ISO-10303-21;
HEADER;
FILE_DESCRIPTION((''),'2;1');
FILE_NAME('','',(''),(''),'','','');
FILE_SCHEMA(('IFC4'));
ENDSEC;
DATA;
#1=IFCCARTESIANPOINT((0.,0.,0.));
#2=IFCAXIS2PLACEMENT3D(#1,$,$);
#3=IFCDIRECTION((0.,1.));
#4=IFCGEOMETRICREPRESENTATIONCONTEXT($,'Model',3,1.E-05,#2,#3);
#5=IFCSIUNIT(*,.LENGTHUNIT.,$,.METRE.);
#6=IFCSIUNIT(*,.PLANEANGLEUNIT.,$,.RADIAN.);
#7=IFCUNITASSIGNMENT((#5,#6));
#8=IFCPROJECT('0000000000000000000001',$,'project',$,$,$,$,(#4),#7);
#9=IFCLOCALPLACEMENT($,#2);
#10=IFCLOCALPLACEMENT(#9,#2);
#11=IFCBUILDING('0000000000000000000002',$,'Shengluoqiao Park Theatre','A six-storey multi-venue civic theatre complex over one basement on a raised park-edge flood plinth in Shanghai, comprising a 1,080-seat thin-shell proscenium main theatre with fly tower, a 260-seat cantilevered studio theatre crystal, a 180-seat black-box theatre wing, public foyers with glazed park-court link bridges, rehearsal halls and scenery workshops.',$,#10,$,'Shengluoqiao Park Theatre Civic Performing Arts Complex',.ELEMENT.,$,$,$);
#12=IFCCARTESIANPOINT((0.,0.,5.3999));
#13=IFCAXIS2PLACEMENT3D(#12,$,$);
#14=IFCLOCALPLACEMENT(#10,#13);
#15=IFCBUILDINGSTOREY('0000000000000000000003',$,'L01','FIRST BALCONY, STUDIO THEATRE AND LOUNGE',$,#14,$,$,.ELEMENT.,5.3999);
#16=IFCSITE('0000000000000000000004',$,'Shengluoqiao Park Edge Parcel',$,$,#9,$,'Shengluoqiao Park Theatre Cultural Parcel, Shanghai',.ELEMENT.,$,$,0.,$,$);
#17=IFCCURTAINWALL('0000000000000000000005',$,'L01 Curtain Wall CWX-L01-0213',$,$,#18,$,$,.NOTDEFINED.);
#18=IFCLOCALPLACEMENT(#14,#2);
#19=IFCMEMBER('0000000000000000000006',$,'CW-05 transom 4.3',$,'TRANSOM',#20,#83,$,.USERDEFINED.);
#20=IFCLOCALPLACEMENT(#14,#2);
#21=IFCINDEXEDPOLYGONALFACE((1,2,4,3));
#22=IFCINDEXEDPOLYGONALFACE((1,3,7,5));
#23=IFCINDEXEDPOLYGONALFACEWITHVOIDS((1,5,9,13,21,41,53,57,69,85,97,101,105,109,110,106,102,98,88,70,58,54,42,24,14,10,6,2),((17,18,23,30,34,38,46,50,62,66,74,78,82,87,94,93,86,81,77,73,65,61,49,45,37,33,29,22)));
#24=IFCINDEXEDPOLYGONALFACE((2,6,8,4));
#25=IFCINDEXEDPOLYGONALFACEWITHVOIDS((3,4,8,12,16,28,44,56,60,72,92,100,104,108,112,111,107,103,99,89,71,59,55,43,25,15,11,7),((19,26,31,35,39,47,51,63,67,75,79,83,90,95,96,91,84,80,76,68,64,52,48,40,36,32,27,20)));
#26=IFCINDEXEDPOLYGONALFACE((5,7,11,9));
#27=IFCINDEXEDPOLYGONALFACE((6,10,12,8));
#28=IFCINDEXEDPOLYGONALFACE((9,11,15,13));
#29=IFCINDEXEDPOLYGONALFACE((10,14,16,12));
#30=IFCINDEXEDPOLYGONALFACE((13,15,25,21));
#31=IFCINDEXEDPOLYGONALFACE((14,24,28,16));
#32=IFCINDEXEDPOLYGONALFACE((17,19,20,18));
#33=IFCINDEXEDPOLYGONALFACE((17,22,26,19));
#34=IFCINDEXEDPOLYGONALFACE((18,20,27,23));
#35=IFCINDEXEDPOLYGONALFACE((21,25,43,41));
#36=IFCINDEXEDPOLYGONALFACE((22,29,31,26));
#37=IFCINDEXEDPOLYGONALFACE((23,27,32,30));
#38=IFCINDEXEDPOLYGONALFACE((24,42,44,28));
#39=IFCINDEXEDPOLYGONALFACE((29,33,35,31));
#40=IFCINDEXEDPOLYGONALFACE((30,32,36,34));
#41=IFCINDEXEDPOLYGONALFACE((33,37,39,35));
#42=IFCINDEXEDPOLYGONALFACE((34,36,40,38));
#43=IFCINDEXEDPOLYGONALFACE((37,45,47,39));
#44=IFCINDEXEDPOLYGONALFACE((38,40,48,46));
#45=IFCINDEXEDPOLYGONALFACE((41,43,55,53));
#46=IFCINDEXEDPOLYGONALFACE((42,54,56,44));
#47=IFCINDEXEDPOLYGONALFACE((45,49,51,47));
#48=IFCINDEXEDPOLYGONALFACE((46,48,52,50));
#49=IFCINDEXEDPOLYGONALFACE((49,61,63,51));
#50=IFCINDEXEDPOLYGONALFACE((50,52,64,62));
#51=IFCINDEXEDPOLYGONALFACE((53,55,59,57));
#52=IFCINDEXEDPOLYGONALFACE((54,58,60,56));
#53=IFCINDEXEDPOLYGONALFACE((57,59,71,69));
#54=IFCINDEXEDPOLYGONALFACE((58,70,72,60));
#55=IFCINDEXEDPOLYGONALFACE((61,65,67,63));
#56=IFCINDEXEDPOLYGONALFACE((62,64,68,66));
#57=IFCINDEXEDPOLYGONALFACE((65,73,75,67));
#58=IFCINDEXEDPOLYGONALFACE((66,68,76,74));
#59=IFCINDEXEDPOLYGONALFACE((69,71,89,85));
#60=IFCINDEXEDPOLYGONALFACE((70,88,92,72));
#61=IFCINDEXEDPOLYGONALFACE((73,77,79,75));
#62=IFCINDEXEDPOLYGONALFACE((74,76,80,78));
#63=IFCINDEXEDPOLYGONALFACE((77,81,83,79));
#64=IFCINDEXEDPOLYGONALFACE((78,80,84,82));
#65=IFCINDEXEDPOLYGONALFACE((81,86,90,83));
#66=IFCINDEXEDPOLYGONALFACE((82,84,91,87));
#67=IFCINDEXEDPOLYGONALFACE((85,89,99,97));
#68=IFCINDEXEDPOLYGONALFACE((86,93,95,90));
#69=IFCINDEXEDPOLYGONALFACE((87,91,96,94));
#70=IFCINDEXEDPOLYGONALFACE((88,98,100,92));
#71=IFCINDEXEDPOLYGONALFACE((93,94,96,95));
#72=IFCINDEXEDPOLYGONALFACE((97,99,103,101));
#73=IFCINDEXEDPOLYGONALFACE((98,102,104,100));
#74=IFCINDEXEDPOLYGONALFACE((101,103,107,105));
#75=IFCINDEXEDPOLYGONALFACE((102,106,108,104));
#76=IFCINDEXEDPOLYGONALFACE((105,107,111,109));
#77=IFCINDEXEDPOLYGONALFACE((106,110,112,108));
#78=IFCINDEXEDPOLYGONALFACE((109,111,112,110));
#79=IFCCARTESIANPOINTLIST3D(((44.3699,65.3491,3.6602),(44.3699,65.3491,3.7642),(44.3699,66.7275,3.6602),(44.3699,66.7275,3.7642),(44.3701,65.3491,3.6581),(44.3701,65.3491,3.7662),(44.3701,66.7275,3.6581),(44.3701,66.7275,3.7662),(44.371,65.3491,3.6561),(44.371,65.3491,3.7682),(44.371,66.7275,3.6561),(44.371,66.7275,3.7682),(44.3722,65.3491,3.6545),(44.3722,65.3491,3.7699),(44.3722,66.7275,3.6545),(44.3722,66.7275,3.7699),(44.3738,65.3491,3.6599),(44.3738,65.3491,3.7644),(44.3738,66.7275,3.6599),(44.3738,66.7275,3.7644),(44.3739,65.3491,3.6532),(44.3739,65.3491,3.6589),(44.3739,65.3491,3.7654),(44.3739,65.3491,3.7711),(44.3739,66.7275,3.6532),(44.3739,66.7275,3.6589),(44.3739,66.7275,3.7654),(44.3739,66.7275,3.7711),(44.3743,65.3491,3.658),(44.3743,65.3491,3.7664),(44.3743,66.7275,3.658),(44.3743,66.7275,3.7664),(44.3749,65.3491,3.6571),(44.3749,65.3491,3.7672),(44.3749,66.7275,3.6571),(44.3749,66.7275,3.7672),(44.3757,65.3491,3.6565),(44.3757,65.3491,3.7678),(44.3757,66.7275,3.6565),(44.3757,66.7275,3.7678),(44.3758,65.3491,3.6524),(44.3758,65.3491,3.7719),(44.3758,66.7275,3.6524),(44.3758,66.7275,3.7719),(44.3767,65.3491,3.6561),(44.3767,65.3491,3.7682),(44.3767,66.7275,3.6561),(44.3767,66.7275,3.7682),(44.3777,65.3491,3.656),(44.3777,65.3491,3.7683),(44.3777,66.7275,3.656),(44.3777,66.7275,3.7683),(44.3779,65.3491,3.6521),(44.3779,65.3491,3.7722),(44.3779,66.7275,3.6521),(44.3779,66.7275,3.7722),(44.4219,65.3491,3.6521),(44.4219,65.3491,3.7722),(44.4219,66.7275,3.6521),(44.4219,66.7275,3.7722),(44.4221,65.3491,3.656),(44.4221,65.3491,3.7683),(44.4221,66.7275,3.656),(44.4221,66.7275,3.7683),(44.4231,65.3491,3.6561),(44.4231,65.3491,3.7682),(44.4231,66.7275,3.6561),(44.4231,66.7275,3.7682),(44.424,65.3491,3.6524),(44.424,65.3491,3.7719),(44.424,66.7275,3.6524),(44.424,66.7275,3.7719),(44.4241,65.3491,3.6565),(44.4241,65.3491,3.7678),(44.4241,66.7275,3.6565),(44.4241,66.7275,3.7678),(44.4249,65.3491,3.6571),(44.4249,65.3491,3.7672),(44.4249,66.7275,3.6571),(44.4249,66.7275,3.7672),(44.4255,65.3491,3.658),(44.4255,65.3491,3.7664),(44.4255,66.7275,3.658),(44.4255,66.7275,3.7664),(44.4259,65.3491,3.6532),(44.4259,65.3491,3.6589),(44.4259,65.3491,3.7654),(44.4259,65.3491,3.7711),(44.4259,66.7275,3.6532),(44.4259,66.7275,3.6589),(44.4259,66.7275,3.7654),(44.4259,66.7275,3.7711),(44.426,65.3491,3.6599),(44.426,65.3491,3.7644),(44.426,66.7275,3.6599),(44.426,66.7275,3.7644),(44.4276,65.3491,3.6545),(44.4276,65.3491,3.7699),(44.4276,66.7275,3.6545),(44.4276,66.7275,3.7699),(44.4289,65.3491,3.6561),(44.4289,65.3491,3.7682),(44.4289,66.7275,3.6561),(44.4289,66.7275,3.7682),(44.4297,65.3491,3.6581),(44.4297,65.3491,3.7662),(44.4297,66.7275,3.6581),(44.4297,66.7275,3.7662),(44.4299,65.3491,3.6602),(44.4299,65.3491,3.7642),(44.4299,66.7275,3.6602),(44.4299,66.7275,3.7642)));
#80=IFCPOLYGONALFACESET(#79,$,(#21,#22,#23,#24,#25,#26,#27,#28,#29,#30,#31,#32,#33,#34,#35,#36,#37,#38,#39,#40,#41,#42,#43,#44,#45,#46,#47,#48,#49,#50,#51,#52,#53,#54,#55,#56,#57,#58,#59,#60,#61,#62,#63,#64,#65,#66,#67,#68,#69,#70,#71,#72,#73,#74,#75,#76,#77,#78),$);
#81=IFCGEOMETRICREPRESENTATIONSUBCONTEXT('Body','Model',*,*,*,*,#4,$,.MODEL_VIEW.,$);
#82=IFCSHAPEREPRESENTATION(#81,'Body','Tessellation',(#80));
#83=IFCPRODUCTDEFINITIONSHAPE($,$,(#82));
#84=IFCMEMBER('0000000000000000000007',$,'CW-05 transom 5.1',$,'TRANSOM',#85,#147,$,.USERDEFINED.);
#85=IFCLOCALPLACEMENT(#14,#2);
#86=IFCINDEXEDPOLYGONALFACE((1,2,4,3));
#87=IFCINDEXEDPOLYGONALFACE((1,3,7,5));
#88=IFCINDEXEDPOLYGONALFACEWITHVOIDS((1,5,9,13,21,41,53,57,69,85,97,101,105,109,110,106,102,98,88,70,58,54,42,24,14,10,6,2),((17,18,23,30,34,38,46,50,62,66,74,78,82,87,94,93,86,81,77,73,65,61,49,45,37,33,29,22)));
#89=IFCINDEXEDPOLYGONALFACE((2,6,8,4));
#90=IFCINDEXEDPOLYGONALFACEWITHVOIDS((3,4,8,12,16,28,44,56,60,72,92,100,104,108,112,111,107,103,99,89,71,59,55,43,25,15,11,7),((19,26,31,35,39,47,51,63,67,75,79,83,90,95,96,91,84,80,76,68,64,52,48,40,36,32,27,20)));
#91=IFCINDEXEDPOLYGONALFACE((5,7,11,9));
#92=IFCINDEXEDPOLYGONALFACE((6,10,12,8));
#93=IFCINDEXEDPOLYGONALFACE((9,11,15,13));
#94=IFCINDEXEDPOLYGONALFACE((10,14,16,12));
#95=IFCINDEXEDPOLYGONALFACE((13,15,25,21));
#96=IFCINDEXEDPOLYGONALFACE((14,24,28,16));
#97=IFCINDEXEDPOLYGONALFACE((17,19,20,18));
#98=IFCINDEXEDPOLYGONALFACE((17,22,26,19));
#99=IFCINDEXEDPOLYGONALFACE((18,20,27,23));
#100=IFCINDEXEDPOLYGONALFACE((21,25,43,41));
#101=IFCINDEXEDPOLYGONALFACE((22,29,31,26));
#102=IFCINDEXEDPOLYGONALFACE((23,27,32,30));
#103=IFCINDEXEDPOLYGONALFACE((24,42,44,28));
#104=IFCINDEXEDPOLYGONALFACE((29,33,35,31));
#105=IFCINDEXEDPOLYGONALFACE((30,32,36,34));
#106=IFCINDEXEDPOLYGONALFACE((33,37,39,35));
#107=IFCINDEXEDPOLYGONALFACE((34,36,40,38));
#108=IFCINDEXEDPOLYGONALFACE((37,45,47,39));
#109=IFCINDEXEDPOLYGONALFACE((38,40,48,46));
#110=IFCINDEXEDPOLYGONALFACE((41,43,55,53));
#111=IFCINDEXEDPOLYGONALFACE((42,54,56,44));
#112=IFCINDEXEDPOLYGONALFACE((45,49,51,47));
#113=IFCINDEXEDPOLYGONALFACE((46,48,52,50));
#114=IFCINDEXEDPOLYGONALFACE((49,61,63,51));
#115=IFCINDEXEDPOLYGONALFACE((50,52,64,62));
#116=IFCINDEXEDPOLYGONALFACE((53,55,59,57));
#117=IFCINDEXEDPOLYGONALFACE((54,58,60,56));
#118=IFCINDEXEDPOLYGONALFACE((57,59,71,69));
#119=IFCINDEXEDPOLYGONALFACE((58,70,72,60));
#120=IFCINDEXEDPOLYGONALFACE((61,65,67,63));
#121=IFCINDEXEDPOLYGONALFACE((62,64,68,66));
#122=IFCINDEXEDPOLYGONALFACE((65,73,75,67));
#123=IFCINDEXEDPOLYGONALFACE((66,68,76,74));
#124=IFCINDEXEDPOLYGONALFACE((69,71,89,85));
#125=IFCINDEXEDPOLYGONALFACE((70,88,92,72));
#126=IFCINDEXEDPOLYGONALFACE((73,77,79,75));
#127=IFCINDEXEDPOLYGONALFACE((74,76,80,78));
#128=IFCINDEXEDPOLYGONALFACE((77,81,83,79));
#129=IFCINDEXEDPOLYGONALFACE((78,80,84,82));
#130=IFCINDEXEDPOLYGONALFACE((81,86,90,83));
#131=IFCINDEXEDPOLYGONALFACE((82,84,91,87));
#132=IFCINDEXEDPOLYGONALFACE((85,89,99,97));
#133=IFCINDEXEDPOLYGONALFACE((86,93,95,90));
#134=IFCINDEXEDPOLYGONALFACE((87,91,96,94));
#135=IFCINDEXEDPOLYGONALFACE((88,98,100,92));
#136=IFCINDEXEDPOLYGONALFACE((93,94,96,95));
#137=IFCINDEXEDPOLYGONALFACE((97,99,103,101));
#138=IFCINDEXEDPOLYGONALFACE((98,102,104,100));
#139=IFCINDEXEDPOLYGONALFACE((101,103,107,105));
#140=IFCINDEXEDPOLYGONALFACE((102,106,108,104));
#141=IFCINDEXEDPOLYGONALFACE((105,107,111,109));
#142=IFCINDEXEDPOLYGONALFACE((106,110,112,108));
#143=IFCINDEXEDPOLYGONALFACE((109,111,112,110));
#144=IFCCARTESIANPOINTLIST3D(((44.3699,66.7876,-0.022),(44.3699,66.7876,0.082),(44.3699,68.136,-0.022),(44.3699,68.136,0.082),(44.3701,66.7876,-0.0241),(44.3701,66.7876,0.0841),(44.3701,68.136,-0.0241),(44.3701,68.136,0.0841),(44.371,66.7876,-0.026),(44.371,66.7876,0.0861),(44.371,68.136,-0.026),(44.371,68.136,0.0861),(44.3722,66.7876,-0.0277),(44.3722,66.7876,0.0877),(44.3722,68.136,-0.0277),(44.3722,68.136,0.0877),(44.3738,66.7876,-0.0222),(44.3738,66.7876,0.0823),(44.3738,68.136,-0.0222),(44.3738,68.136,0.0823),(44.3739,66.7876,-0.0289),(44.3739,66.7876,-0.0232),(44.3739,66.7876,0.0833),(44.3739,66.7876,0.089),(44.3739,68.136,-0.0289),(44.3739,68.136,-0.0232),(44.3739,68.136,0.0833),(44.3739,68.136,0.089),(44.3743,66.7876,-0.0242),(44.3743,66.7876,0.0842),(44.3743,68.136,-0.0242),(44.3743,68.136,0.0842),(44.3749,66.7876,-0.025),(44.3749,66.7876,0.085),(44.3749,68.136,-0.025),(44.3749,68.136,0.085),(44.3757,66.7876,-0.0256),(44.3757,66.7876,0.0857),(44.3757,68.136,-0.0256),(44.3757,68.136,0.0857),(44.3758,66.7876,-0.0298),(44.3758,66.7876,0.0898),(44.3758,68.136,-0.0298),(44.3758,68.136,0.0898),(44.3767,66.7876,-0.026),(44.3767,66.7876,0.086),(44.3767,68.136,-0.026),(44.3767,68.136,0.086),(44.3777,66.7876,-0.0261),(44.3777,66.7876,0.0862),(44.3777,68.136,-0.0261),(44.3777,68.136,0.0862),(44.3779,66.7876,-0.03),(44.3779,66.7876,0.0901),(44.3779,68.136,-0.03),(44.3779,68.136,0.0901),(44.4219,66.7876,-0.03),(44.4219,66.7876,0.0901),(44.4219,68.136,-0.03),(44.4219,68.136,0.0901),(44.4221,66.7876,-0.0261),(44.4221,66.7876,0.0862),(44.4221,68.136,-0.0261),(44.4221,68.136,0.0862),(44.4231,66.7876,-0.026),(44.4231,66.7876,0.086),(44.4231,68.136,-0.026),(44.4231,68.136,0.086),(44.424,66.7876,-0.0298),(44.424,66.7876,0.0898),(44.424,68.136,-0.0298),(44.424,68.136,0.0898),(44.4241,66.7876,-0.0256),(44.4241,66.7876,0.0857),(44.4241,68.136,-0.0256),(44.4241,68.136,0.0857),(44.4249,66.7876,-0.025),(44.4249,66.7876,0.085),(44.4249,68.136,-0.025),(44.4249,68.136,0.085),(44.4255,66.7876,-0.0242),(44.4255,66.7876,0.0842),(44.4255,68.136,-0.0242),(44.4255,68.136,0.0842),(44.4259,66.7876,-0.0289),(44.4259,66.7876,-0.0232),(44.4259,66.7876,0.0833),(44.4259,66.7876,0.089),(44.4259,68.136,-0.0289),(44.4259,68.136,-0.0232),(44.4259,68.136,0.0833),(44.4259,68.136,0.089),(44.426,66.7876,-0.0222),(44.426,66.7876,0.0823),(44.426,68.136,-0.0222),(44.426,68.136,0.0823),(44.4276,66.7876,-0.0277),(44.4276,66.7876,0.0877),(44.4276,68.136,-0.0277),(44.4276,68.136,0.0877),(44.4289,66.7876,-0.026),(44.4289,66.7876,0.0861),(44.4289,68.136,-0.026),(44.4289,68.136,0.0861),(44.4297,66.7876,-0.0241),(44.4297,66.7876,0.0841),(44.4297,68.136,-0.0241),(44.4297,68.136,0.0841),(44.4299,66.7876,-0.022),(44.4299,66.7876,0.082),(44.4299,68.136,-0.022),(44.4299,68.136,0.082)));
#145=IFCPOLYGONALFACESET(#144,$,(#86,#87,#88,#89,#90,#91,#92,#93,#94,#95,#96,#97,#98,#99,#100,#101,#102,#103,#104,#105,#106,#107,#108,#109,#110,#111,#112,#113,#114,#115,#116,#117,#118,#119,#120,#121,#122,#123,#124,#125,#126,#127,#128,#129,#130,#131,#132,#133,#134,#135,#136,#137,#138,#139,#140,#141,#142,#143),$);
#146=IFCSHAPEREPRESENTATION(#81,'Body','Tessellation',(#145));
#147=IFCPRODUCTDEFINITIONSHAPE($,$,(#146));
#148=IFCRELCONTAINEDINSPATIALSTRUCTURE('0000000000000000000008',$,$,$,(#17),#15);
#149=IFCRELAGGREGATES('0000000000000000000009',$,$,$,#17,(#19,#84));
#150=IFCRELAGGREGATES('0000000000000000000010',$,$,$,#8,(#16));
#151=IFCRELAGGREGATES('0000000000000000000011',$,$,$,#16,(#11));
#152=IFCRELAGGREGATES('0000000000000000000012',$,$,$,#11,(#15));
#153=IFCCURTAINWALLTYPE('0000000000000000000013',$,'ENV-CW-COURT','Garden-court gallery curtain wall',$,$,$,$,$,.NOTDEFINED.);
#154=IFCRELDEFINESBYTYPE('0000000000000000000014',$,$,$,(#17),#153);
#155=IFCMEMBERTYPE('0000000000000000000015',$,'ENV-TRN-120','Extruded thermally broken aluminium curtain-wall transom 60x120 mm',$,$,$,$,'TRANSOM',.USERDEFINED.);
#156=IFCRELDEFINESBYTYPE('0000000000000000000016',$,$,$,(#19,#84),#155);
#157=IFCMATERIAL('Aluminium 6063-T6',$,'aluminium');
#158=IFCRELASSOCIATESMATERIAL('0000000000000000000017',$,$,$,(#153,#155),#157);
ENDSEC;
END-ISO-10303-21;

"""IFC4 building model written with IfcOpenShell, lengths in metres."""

from ifc_helpers import new_model, si_unit, direction, frame, origin, origin_2d, place, context, subcontext, project, spatial, hollow_rectangle, extrude, material, material_profile, profile_set, type_object, element, aggregate, save


model = new_model("IFC4")

# Units and contexts
model_context = context("Model", 3, precision=1e-05, world=origin(), true_north=direction((0.0, 1.0)))
body_context = subcontext(model_context, "Body", "Model", "MODEL_VIEW")
ifc_project = project(units=[si_unit("LENGTHUNIT", "METRE"), si_unit("PLANEANGLEUNIT", "RADIAN")], contexts=[model_context])

# Site, building, storey
site_placement = place(None, origin())
site = spatial("IfcSite", under=ifc_project, at=site_placement, Name="Shengluoqiao Park Edge Parcel", LongName="Shengluoqiao Park Theatre Cultural Parcel, Shanghai", CompositionType="ELEMENT", RefElevation=0.0)
building_placement = place(site_placement, origin())
building = spatial("IfcBuilding", under=site, at=building_placement, Name="Shengluoqiao Park Theatre", Description="A six-storey multi-venue civic theatre complex over one basement on a raised park-edge flood plinth in Shanghai, comprising a 1,080-seat thin-shell proscenium main theatre with fly tower, a 260-seat cantilevered studio theatre crystal, a 180-seat black-box theatre wing, public foyers with glazed park-court link bridges, rehearsal halls and scenery workshops.", LongName="Shengluoqiao Park Theatre Civic Performing Arts Complex", CompositionType="ELEMENT")
storey_placement = place(building_placement, frame((0.0, 0.0, 5.3999)))
storey = spatial("IfcBuildingStorey", under=building, at=storey_placement, Name="L01", Description="FIRST BALCONY, STUDIO THEATRE AND LOUNGE", CompositionType="ELEMENT", Elevation=5.3999)

# Curtain wall
ifc_material_1 = material(Name="Aluminium 6063-T6", Category="aluminium")
curtain_wall_type_1 = type_object("IfcCurtainWallType", Name="ENV-CW-COURT", Description="Garden-court gallery curtain wall", PredefinedType="NOTDEFINED", material=ifc_material_1)
curtain_wall_1_placement = place(storey_placement, origin())
curtain_wall_1 = element("IfcCurtainWall", 1, at=curtain_wall_1_placement, inside=storey, type_object=curtain_wall_type_1, Name="L01 Curtain Wall CWX-L01-0213", PredefinedType="NOTDEFINED")

# Members
ifc_material_profile_1 = material_profile(ifc_material_1, hollow_rectangle(XDim=0.0601, YDim=0.1201, WallThickness=0.0039, InnerFilletRadius=0.0039, OuterFilletRadius=0.0081, at=origin_2d()), Name="ALU TRANSOM 120x60x4")
ifc_profile_set_1 = profile_set([ifc_material_profile_1], Name="Aluminium 6063-T6")
member_type_1 = type_object("IfcMemberType", Name="ENV-TRN-120", Description="Extruded thermally broken aluminium curtain-wall transom 60x120 mm", ElementType="TRANSOM", PredefinedType="USERDEFINED", material=ifc_profile_set_1)
member_1_placement = place(storey_placement, frame((44.3999, 65.3491, 3.7122), z_axis=(0.0, 1.0, 0.0), x_axis=(-1.0, 0.0, 0.0)))
member_1 = element("IfcMember", 2, at=member_1_placement, type_object=member_type_1, Name="CW-05 transom 4.3", ObjectType="TRANSOM", PredefinedType="USERDEFINED", context=body_context, shape_type="SweptSolid", body=[
    extrude(hollow_rectangle(XDim=0.0601, YDim=0.1201, WallThickness=0.0039, InnerFilletRadius=0.0039, OuterFilletRadius=0.0081, at=origin_2d()), origin(), (0.0, 0.0, 1.0), 1.3784),
])
member_2_placement = place(storey_placement, frame((44.3999, 66.7876, 0.03), z_axis=(0.0, 1.0, 0.0), x_axis=(-1.0, 0.0, 0.0)))
member_2 = element("IfcMember", 3, at=member_2_placement, type_object=member_type_1, Name="CW-05 transom 5.1", ObjectType="TRANSOM", PredefinedType="USERDEFINED", context=body_context, shape_type="SweptSolid", body=[
    extrude(hollow_rectangle(XDim=0.0601, YDim=0.1201, WallThickness=0.0039, InnerFilletRadius=0.0039, OuterFilletRadius=0.0081, at=origin_2d()), origin(), (0.0, 0.0, 1.0), 1.3484),
])

aggregate(curtain_wall_1, [member_1, member_2])

save(model, "model.ifc")
